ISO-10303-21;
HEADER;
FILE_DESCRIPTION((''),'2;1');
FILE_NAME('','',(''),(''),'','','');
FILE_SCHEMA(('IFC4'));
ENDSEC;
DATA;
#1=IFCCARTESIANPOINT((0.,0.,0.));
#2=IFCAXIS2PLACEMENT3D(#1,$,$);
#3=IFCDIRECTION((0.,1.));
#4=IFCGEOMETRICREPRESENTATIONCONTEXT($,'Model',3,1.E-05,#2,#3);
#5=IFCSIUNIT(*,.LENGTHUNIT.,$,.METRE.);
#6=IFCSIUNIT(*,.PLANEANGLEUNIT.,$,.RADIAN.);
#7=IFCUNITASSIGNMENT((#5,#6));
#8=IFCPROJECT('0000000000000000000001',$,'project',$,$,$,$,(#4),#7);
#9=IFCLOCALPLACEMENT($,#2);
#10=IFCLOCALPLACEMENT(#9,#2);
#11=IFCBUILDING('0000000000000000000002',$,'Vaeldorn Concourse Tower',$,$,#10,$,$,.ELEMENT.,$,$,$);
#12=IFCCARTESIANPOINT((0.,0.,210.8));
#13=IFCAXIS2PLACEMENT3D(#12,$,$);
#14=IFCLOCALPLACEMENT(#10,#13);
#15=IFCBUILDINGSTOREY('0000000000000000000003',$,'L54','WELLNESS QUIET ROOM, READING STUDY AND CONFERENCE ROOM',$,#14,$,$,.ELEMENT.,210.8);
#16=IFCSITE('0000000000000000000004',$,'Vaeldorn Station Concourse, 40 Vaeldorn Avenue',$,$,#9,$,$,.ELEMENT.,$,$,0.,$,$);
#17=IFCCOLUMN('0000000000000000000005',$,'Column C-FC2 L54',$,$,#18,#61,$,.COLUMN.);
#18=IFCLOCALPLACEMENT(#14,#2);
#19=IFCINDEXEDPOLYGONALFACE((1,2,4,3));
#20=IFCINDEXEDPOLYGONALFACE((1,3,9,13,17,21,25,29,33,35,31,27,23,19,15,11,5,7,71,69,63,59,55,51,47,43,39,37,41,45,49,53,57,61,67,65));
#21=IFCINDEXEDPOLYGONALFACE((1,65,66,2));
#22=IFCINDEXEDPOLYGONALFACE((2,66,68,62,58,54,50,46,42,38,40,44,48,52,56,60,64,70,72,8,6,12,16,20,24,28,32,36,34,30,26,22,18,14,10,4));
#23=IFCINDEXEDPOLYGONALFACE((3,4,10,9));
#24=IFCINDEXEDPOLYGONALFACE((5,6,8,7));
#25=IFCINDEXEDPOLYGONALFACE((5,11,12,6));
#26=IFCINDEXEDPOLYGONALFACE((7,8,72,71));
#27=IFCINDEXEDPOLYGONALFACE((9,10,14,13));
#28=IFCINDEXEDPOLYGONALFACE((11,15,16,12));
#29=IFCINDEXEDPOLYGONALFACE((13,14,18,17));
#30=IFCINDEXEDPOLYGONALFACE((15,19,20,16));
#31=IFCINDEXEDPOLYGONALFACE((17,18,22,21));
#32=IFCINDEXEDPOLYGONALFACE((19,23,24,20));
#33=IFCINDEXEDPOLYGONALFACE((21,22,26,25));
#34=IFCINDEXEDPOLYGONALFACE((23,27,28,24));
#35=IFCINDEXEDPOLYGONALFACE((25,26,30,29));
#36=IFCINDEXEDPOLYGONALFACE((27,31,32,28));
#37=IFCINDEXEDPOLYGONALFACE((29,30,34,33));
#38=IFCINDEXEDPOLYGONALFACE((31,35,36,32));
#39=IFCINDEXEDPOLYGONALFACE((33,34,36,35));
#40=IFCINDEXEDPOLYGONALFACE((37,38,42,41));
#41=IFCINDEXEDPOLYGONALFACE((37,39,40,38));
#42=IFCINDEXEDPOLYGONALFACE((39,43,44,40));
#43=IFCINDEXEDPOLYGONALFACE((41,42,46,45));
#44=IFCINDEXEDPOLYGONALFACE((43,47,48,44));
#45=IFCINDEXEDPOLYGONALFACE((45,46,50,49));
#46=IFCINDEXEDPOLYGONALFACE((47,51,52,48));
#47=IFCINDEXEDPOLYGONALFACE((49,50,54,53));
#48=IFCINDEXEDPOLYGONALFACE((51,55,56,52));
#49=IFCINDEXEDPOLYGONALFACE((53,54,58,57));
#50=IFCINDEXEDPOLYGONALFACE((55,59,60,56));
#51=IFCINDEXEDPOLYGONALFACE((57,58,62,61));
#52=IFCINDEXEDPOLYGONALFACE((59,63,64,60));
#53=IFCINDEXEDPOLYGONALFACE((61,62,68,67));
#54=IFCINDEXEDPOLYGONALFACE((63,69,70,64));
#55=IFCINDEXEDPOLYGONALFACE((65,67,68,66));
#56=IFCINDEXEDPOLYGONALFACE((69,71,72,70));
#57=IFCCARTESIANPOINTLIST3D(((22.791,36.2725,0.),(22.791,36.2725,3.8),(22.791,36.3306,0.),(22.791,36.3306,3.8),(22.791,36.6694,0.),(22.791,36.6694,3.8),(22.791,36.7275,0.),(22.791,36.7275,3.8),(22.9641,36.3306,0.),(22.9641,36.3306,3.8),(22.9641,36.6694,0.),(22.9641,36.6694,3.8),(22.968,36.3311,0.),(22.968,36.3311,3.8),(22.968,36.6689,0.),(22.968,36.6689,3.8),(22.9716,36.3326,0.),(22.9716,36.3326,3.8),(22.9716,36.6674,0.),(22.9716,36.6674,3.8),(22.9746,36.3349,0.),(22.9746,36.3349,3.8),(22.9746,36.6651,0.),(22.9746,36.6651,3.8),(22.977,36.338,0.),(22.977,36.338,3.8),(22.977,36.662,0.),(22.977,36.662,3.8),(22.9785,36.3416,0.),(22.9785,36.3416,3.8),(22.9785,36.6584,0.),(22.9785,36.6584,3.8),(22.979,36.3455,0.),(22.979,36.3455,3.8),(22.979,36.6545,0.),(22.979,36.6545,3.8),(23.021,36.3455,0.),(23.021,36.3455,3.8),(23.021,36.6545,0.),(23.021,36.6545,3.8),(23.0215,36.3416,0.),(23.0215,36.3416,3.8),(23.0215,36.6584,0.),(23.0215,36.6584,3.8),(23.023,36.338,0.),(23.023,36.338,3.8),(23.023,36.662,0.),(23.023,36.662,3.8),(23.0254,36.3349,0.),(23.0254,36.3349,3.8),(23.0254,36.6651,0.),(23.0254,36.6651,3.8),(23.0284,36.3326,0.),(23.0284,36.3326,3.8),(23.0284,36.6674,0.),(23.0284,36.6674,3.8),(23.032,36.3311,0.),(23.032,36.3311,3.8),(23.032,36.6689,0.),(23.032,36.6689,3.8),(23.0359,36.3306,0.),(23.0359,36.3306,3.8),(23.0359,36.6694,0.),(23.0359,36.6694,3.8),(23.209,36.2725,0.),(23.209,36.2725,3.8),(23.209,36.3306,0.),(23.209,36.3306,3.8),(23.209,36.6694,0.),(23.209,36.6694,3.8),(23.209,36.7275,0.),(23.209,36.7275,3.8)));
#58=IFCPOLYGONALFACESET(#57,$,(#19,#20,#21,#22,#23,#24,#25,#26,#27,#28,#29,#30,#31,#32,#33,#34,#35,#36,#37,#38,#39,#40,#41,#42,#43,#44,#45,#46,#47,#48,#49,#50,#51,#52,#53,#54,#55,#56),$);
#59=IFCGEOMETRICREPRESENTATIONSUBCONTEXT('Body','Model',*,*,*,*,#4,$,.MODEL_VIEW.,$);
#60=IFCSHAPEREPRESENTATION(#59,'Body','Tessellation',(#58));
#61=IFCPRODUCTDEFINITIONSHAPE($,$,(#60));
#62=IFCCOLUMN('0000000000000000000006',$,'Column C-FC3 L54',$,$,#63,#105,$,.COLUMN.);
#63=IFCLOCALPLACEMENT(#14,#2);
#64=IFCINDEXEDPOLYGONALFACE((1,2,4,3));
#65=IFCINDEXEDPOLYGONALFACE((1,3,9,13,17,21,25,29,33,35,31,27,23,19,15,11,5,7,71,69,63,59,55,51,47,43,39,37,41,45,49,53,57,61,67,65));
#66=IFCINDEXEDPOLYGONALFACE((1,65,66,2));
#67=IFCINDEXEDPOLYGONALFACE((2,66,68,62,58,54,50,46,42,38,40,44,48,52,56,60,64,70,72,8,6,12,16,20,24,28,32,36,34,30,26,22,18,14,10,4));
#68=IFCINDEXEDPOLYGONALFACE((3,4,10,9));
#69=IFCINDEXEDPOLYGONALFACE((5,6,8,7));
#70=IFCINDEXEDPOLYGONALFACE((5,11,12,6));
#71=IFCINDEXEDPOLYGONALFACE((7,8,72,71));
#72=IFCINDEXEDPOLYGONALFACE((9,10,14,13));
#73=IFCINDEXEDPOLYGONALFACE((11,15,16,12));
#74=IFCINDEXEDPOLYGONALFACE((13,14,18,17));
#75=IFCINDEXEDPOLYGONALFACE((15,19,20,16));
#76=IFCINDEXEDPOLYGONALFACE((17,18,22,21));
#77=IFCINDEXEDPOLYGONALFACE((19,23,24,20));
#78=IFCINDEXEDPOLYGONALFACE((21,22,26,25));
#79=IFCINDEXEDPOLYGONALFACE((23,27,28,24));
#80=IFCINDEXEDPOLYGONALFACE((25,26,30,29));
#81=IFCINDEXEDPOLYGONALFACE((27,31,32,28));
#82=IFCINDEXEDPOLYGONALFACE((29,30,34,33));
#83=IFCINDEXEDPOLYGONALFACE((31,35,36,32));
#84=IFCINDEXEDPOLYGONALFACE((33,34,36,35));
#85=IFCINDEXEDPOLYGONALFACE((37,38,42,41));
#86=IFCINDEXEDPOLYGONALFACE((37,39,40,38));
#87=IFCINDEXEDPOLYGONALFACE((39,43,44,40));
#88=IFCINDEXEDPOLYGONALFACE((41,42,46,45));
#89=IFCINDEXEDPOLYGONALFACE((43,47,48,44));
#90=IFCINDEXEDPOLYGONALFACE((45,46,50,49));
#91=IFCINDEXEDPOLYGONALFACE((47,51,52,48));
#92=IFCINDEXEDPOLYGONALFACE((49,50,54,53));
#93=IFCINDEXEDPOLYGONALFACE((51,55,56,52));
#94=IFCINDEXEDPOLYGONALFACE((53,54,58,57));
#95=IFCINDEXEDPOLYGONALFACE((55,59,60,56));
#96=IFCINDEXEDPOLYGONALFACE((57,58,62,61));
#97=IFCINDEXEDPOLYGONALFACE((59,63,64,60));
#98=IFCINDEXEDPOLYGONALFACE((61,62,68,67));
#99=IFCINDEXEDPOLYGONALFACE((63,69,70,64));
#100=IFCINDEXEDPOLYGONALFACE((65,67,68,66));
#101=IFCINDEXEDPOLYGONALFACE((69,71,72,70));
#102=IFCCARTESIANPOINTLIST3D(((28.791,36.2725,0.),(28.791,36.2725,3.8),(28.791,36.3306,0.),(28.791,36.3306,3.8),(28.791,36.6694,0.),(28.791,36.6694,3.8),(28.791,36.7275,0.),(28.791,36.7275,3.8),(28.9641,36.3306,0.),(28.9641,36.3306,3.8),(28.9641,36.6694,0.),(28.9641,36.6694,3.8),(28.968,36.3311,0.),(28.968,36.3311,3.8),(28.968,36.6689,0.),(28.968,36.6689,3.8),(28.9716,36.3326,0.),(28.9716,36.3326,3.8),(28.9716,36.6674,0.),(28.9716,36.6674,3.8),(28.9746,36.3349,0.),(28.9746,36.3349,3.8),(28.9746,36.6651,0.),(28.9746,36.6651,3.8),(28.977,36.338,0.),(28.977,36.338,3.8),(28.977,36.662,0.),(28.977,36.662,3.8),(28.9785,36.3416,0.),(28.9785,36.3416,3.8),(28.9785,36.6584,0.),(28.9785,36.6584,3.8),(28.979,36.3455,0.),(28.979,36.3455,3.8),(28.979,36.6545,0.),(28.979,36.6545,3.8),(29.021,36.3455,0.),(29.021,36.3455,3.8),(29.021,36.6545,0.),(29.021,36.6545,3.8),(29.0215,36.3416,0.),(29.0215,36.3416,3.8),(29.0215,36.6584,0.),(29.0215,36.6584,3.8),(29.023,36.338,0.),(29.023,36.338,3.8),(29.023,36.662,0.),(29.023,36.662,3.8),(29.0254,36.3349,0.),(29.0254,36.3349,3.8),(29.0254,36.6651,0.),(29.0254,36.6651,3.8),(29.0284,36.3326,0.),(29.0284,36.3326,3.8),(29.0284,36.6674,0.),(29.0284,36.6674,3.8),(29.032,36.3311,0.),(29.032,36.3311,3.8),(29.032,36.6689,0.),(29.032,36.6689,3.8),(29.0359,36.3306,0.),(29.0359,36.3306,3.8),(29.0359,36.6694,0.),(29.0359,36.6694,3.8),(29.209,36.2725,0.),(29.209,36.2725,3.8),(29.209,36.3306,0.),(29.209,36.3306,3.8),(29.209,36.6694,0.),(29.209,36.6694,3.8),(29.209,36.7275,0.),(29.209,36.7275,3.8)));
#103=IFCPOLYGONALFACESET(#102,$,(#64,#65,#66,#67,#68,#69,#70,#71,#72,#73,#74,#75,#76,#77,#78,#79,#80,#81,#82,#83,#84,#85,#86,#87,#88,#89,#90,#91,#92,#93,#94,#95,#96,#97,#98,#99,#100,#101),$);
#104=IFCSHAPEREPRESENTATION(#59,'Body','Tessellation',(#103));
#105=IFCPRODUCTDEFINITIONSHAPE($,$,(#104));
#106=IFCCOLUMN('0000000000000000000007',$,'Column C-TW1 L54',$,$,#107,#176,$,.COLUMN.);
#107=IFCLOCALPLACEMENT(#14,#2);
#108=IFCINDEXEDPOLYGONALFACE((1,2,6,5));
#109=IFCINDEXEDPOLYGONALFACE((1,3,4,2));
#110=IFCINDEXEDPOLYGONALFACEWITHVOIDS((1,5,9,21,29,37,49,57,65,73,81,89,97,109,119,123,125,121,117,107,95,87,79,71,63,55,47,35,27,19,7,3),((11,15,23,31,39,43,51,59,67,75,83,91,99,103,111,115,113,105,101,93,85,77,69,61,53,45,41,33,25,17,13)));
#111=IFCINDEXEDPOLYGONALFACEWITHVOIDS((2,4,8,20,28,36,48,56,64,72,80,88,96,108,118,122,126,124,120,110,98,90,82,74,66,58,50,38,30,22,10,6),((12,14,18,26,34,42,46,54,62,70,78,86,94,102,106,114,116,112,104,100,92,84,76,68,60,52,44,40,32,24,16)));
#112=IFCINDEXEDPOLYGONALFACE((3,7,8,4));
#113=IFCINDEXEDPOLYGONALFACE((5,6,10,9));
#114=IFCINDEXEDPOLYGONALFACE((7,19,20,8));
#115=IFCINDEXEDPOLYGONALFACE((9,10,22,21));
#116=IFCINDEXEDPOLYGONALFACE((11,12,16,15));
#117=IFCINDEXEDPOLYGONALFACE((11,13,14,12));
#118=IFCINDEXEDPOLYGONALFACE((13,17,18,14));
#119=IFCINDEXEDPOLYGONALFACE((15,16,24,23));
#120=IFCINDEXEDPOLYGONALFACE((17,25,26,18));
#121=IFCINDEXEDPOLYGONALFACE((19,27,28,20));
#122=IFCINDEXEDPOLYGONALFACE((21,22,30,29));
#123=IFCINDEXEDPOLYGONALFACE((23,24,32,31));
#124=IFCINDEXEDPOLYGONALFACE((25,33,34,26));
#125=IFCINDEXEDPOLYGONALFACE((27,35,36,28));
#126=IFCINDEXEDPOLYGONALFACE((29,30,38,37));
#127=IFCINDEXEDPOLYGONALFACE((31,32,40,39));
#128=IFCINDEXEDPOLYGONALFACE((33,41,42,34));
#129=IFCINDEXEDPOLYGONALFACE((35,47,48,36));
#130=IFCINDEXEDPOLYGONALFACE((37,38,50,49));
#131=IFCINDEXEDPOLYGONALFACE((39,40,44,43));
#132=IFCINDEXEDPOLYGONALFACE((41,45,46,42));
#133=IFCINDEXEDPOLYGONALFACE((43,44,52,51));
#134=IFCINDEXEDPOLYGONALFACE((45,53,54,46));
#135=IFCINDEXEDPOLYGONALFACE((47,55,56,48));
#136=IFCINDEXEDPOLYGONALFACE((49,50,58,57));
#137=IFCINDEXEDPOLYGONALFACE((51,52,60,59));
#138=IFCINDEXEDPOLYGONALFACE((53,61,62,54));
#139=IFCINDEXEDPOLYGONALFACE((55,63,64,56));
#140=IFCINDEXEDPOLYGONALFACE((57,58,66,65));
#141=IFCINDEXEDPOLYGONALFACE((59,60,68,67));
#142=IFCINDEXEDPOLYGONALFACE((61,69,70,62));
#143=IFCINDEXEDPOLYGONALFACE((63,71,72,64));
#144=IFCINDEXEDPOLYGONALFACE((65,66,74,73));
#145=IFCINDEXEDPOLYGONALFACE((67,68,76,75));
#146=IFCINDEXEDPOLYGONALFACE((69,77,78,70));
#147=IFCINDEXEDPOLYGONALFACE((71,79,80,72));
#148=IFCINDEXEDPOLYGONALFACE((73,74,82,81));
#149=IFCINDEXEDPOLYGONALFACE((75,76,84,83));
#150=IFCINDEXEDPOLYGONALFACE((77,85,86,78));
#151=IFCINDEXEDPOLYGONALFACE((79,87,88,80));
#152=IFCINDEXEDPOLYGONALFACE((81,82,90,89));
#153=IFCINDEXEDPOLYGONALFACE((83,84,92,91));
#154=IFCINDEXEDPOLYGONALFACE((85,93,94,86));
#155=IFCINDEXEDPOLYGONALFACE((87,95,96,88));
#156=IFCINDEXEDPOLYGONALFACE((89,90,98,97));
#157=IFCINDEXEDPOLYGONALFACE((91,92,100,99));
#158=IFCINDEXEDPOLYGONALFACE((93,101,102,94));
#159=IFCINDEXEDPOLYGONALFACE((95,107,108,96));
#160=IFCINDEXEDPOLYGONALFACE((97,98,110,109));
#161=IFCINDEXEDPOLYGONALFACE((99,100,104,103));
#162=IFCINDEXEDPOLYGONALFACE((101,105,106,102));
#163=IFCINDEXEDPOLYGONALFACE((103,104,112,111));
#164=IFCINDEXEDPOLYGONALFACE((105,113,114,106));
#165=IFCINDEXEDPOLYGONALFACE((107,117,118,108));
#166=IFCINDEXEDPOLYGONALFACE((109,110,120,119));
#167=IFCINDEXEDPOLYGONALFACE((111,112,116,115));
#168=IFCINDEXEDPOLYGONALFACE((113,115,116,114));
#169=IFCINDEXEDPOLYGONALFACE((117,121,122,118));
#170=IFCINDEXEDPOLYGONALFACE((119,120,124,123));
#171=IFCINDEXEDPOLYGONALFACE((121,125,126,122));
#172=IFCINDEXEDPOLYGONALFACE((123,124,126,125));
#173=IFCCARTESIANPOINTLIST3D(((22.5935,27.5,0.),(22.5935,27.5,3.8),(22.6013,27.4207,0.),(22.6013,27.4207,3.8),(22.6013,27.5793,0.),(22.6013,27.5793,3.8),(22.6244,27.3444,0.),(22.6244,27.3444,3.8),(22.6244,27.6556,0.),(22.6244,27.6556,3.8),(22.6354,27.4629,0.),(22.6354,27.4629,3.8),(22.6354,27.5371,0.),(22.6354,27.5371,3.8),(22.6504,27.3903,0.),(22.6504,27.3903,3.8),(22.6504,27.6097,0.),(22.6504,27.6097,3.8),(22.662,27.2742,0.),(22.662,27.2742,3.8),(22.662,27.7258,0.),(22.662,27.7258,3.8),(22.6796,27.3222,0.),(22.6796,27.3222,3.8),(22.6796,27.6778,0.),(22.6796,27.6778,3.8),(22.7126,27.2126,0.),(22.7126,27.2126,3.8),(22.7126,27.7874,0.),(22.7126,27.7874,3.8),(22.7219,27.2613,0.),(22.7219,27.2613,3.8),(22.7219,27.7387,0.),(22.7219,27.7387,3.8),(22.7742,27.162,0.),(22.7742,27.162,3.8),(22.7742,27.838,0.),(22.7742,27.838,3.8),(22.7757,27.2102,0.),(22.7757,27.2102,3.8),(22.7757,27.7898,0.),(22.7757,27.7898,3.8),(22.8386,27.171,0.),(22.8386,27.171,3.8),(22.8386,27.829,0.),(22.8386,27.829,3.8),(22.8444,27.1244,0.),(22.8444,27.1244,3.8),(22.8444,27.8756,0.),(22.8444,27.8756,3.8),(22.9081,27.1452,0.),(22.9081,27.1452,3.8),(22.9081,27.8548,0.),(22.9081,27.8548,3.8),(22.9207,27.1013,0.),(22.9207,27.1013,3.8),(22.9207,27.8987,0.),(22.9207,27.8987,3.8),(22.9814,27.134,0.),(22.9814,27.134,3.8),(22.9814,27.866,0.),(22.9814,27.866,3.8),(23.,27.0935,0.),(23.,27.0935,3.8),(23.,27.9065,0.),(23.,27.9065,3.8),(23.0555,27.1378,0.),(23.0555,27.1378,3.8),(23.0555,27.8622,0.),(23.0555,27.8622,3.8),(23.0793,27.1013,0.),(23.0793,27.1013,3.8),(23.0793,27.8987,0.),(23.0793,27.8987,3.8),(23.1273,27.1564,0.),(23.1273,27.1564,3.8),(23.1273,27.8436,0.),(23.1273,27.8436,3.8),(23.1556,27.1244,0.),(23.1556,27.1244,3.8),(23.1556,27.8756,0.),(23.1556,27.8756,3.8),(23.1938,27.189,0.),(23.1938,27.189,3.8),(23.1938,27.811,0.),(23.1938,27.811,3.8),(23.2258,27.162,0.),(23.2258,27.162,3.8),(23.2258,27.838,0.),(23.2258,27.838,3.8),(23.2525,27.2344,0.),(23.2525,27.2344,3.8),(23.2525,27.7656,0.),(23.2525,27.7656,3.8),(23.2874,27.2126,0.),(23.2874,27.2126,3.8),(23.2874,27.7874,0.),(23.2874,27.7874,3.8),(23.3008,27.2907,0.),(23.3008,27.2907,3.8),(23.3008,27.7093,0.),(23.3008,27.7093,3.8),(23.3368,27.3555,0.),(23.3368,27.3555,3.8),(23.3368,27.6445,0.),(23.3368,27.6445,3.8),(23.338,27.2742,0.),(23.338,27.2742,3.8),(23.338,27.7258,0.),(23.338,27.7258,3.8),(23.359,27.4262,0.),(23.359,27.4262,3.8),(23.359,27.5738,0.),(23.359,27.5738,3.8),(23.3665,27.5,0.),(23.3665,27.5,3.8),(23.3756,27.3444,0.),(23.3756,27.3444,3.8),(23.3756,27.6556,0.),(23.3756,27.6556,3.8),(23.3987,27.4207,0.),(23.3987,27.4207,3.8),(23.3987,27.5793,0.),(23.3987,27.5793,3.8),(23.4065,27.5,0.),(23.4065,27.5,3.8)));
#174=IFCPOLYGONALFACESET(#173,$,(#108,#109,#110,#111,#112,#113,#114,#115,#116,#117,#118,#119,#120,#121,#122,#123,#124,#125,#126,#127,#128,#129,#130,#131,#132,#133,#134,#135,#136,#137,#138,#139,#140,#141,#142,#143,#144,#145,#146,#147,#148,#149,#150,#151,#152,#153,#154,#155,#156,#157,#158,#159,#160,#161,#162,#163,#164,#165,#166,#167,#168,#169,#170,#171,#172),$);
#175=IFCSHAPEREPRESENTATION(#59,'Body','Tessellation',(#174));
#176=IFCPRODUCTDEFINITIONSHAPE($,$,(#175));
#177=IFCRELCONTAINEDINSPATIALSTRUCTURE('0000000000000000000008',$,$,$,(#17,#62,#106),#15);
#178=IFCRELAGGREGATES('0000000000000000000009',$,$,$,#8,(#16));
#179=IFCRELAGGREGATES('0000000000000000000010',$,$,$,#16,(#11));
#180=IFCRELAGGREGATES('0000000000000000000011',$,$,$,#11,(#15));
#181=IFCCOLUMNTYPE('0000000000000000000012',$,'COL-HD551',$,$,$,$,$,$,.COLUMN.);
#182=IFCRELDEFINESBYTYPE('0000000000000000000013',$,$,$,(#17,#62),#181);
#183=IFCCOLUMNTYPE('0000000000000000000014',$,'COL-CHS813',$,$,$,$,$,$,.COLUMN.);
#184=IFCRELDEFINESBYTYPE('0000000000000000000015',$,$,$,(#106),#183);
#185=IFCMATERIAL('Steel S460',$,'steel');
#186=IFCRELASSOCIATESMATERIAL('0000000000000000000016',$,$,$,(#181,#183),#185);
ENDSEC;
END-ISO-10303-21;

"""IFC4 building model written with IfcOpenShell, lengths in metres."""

from ifc_helpers import new_model, si_unit, direction, frame, origin, origin_2d, place, context, subcontext, project, spatial, hollow_circle, i_section, extrude, source, transform, mapped, material, material_profile, profile_set, type_object, element, save


model = new_model("IFC4")

# Units and contexts
model_context = context("Model", 3, precision=1e-05, world=origin(), true_north=direction((0.0, 1.0)))
body_context = subcontext(model_context, "Body", "Model", "MODEL_VIEW")
ifc_project = project(units=[si_unit("LENGTHUNIT", "METRE"), si_unit("PLANEANGLEUNIT", "RADIAN")], contexts=[model_context])

# Site, building, storey
site_placement = place(None, origin())
site = spatial("IfcSite", under=ifc_project, at=site_placement, Name="Vaeldorn Station Concourse, 40 Vaeldorn Avenue", CompositionType="ELEMENT", RefElevation=0.0)
building_placement = place(site_placement, origin())
building = spatial("IfcBuilding", under=site, at=building_placement, Name="Vaeldorn Concourse Tower", CompositionType="ELEMENT")
storey_placement = place(building_placement, frame((0.0, 0.0, 210.8)))
storey = spatial("IfcBuildingStorey", under=building, at=storey_placement, Name="L54", Description="WELLNESS QUIET ROOM, READING STUDY AND CONFERENCE ROOM", CompositionType="ELEMENT", Elevation=210.8)

# Columns
ifc_material_1 = material(Name="Steel S460", Category="steel")
ifc_material_profile_1 = material_profile(ifc_material_1, i_section(OverallWidth=0.418, OverallDepth=0.4551, WebThickness=0.042, FlangeThickness=0.0581, FilletRadius=0.0149, at=origin_2d()), Name="HD 400x551")
ifc_profile_set_1 = profile_set([ifc_material_profile_1], Name="Steel S460")
column_type_1 = type_object("IfcColumnType", Name="COL-HD551", PredefinedType="COLUMN", material=ifc_profile_set_1)
shared_shape_1 = source(origin(), body_context, "Body", "SweptSolid", [
    extrude(i_section(OverallWidth=0.418, OverallDepth=0.4551, WebThickness=0.042, FlangeThickness=0.0581, FilletRadius=0.0149, at=origin_2d()), origin(), (0.0, 0.0, 1.0), 3.8),
])
for number, where, z_axis, x_axis, name in (
    (1, (23.0, 36.5, 0.0), (0.0, 0.0, 1.0), (1.0, 0.0, 0.0), "Column C-FC2 L54"),
    (2, (29.0, 36.5, 0.0), (0.0, 0.0, 1.0), (1.0, 0.0, 0.0), "Column C-FC3 L54"),
):
    element("IfcColumn", number, at=place(storey_placement, frame(where, z_axis=z_axis, x_axis=x_axis)), inside=storey, type_object=column_type_1, Name=name, PredefinedType="COLUMN", context=body_context, shape_type="MappedRepresentation", body=[
        mapped(shared_shape_1, transform((0.0, 0.0, 0.0), scale=1.0)),
    ])
ifc_material_profile_2 = material_profile(ifc_material_1, hollow_circle(Radius=0.4065, WallThickness=0.04, at=origin_2d()), Name="CHS 813x40")
ifc_profile_set_2 = profile_set([ifc_material_profile_2], Name="Steel S460")
column_type_2 = type_object("IfcColumnType", Name="COL-CHS813", PredefinedType="COLUMN", material=ifc_profile_set_2)
shared_shape_2 = source(origin(), body_context, "Body", "SweptSolid", [
    extrude(hollow_circle(Radius=0.4065, WallThickness=0.04, at=origin_2d()), origin(), (0.0, 0.0, 1.0), 3.8),
])
column_1_placement = place(storey_placement, frame((23.0, 27.5, 0.0), z_axis=(0.0, 0.0, 1.0), x_axis=(1.0, 0.0, 0.0)))
element("IfcColumn", 3, at=column_1_placement, inside=storey, type_object=column_type_2, Name="Column C-TW1 L54", PredefinedType="COLUMN", context=body_context, shape_type="MappedRepresentation", body=[
    mapped(shared_shape_2, transform((0.0, 0.0, 0.0), scale=1.0)),
])

save(model, "model.ifc")
